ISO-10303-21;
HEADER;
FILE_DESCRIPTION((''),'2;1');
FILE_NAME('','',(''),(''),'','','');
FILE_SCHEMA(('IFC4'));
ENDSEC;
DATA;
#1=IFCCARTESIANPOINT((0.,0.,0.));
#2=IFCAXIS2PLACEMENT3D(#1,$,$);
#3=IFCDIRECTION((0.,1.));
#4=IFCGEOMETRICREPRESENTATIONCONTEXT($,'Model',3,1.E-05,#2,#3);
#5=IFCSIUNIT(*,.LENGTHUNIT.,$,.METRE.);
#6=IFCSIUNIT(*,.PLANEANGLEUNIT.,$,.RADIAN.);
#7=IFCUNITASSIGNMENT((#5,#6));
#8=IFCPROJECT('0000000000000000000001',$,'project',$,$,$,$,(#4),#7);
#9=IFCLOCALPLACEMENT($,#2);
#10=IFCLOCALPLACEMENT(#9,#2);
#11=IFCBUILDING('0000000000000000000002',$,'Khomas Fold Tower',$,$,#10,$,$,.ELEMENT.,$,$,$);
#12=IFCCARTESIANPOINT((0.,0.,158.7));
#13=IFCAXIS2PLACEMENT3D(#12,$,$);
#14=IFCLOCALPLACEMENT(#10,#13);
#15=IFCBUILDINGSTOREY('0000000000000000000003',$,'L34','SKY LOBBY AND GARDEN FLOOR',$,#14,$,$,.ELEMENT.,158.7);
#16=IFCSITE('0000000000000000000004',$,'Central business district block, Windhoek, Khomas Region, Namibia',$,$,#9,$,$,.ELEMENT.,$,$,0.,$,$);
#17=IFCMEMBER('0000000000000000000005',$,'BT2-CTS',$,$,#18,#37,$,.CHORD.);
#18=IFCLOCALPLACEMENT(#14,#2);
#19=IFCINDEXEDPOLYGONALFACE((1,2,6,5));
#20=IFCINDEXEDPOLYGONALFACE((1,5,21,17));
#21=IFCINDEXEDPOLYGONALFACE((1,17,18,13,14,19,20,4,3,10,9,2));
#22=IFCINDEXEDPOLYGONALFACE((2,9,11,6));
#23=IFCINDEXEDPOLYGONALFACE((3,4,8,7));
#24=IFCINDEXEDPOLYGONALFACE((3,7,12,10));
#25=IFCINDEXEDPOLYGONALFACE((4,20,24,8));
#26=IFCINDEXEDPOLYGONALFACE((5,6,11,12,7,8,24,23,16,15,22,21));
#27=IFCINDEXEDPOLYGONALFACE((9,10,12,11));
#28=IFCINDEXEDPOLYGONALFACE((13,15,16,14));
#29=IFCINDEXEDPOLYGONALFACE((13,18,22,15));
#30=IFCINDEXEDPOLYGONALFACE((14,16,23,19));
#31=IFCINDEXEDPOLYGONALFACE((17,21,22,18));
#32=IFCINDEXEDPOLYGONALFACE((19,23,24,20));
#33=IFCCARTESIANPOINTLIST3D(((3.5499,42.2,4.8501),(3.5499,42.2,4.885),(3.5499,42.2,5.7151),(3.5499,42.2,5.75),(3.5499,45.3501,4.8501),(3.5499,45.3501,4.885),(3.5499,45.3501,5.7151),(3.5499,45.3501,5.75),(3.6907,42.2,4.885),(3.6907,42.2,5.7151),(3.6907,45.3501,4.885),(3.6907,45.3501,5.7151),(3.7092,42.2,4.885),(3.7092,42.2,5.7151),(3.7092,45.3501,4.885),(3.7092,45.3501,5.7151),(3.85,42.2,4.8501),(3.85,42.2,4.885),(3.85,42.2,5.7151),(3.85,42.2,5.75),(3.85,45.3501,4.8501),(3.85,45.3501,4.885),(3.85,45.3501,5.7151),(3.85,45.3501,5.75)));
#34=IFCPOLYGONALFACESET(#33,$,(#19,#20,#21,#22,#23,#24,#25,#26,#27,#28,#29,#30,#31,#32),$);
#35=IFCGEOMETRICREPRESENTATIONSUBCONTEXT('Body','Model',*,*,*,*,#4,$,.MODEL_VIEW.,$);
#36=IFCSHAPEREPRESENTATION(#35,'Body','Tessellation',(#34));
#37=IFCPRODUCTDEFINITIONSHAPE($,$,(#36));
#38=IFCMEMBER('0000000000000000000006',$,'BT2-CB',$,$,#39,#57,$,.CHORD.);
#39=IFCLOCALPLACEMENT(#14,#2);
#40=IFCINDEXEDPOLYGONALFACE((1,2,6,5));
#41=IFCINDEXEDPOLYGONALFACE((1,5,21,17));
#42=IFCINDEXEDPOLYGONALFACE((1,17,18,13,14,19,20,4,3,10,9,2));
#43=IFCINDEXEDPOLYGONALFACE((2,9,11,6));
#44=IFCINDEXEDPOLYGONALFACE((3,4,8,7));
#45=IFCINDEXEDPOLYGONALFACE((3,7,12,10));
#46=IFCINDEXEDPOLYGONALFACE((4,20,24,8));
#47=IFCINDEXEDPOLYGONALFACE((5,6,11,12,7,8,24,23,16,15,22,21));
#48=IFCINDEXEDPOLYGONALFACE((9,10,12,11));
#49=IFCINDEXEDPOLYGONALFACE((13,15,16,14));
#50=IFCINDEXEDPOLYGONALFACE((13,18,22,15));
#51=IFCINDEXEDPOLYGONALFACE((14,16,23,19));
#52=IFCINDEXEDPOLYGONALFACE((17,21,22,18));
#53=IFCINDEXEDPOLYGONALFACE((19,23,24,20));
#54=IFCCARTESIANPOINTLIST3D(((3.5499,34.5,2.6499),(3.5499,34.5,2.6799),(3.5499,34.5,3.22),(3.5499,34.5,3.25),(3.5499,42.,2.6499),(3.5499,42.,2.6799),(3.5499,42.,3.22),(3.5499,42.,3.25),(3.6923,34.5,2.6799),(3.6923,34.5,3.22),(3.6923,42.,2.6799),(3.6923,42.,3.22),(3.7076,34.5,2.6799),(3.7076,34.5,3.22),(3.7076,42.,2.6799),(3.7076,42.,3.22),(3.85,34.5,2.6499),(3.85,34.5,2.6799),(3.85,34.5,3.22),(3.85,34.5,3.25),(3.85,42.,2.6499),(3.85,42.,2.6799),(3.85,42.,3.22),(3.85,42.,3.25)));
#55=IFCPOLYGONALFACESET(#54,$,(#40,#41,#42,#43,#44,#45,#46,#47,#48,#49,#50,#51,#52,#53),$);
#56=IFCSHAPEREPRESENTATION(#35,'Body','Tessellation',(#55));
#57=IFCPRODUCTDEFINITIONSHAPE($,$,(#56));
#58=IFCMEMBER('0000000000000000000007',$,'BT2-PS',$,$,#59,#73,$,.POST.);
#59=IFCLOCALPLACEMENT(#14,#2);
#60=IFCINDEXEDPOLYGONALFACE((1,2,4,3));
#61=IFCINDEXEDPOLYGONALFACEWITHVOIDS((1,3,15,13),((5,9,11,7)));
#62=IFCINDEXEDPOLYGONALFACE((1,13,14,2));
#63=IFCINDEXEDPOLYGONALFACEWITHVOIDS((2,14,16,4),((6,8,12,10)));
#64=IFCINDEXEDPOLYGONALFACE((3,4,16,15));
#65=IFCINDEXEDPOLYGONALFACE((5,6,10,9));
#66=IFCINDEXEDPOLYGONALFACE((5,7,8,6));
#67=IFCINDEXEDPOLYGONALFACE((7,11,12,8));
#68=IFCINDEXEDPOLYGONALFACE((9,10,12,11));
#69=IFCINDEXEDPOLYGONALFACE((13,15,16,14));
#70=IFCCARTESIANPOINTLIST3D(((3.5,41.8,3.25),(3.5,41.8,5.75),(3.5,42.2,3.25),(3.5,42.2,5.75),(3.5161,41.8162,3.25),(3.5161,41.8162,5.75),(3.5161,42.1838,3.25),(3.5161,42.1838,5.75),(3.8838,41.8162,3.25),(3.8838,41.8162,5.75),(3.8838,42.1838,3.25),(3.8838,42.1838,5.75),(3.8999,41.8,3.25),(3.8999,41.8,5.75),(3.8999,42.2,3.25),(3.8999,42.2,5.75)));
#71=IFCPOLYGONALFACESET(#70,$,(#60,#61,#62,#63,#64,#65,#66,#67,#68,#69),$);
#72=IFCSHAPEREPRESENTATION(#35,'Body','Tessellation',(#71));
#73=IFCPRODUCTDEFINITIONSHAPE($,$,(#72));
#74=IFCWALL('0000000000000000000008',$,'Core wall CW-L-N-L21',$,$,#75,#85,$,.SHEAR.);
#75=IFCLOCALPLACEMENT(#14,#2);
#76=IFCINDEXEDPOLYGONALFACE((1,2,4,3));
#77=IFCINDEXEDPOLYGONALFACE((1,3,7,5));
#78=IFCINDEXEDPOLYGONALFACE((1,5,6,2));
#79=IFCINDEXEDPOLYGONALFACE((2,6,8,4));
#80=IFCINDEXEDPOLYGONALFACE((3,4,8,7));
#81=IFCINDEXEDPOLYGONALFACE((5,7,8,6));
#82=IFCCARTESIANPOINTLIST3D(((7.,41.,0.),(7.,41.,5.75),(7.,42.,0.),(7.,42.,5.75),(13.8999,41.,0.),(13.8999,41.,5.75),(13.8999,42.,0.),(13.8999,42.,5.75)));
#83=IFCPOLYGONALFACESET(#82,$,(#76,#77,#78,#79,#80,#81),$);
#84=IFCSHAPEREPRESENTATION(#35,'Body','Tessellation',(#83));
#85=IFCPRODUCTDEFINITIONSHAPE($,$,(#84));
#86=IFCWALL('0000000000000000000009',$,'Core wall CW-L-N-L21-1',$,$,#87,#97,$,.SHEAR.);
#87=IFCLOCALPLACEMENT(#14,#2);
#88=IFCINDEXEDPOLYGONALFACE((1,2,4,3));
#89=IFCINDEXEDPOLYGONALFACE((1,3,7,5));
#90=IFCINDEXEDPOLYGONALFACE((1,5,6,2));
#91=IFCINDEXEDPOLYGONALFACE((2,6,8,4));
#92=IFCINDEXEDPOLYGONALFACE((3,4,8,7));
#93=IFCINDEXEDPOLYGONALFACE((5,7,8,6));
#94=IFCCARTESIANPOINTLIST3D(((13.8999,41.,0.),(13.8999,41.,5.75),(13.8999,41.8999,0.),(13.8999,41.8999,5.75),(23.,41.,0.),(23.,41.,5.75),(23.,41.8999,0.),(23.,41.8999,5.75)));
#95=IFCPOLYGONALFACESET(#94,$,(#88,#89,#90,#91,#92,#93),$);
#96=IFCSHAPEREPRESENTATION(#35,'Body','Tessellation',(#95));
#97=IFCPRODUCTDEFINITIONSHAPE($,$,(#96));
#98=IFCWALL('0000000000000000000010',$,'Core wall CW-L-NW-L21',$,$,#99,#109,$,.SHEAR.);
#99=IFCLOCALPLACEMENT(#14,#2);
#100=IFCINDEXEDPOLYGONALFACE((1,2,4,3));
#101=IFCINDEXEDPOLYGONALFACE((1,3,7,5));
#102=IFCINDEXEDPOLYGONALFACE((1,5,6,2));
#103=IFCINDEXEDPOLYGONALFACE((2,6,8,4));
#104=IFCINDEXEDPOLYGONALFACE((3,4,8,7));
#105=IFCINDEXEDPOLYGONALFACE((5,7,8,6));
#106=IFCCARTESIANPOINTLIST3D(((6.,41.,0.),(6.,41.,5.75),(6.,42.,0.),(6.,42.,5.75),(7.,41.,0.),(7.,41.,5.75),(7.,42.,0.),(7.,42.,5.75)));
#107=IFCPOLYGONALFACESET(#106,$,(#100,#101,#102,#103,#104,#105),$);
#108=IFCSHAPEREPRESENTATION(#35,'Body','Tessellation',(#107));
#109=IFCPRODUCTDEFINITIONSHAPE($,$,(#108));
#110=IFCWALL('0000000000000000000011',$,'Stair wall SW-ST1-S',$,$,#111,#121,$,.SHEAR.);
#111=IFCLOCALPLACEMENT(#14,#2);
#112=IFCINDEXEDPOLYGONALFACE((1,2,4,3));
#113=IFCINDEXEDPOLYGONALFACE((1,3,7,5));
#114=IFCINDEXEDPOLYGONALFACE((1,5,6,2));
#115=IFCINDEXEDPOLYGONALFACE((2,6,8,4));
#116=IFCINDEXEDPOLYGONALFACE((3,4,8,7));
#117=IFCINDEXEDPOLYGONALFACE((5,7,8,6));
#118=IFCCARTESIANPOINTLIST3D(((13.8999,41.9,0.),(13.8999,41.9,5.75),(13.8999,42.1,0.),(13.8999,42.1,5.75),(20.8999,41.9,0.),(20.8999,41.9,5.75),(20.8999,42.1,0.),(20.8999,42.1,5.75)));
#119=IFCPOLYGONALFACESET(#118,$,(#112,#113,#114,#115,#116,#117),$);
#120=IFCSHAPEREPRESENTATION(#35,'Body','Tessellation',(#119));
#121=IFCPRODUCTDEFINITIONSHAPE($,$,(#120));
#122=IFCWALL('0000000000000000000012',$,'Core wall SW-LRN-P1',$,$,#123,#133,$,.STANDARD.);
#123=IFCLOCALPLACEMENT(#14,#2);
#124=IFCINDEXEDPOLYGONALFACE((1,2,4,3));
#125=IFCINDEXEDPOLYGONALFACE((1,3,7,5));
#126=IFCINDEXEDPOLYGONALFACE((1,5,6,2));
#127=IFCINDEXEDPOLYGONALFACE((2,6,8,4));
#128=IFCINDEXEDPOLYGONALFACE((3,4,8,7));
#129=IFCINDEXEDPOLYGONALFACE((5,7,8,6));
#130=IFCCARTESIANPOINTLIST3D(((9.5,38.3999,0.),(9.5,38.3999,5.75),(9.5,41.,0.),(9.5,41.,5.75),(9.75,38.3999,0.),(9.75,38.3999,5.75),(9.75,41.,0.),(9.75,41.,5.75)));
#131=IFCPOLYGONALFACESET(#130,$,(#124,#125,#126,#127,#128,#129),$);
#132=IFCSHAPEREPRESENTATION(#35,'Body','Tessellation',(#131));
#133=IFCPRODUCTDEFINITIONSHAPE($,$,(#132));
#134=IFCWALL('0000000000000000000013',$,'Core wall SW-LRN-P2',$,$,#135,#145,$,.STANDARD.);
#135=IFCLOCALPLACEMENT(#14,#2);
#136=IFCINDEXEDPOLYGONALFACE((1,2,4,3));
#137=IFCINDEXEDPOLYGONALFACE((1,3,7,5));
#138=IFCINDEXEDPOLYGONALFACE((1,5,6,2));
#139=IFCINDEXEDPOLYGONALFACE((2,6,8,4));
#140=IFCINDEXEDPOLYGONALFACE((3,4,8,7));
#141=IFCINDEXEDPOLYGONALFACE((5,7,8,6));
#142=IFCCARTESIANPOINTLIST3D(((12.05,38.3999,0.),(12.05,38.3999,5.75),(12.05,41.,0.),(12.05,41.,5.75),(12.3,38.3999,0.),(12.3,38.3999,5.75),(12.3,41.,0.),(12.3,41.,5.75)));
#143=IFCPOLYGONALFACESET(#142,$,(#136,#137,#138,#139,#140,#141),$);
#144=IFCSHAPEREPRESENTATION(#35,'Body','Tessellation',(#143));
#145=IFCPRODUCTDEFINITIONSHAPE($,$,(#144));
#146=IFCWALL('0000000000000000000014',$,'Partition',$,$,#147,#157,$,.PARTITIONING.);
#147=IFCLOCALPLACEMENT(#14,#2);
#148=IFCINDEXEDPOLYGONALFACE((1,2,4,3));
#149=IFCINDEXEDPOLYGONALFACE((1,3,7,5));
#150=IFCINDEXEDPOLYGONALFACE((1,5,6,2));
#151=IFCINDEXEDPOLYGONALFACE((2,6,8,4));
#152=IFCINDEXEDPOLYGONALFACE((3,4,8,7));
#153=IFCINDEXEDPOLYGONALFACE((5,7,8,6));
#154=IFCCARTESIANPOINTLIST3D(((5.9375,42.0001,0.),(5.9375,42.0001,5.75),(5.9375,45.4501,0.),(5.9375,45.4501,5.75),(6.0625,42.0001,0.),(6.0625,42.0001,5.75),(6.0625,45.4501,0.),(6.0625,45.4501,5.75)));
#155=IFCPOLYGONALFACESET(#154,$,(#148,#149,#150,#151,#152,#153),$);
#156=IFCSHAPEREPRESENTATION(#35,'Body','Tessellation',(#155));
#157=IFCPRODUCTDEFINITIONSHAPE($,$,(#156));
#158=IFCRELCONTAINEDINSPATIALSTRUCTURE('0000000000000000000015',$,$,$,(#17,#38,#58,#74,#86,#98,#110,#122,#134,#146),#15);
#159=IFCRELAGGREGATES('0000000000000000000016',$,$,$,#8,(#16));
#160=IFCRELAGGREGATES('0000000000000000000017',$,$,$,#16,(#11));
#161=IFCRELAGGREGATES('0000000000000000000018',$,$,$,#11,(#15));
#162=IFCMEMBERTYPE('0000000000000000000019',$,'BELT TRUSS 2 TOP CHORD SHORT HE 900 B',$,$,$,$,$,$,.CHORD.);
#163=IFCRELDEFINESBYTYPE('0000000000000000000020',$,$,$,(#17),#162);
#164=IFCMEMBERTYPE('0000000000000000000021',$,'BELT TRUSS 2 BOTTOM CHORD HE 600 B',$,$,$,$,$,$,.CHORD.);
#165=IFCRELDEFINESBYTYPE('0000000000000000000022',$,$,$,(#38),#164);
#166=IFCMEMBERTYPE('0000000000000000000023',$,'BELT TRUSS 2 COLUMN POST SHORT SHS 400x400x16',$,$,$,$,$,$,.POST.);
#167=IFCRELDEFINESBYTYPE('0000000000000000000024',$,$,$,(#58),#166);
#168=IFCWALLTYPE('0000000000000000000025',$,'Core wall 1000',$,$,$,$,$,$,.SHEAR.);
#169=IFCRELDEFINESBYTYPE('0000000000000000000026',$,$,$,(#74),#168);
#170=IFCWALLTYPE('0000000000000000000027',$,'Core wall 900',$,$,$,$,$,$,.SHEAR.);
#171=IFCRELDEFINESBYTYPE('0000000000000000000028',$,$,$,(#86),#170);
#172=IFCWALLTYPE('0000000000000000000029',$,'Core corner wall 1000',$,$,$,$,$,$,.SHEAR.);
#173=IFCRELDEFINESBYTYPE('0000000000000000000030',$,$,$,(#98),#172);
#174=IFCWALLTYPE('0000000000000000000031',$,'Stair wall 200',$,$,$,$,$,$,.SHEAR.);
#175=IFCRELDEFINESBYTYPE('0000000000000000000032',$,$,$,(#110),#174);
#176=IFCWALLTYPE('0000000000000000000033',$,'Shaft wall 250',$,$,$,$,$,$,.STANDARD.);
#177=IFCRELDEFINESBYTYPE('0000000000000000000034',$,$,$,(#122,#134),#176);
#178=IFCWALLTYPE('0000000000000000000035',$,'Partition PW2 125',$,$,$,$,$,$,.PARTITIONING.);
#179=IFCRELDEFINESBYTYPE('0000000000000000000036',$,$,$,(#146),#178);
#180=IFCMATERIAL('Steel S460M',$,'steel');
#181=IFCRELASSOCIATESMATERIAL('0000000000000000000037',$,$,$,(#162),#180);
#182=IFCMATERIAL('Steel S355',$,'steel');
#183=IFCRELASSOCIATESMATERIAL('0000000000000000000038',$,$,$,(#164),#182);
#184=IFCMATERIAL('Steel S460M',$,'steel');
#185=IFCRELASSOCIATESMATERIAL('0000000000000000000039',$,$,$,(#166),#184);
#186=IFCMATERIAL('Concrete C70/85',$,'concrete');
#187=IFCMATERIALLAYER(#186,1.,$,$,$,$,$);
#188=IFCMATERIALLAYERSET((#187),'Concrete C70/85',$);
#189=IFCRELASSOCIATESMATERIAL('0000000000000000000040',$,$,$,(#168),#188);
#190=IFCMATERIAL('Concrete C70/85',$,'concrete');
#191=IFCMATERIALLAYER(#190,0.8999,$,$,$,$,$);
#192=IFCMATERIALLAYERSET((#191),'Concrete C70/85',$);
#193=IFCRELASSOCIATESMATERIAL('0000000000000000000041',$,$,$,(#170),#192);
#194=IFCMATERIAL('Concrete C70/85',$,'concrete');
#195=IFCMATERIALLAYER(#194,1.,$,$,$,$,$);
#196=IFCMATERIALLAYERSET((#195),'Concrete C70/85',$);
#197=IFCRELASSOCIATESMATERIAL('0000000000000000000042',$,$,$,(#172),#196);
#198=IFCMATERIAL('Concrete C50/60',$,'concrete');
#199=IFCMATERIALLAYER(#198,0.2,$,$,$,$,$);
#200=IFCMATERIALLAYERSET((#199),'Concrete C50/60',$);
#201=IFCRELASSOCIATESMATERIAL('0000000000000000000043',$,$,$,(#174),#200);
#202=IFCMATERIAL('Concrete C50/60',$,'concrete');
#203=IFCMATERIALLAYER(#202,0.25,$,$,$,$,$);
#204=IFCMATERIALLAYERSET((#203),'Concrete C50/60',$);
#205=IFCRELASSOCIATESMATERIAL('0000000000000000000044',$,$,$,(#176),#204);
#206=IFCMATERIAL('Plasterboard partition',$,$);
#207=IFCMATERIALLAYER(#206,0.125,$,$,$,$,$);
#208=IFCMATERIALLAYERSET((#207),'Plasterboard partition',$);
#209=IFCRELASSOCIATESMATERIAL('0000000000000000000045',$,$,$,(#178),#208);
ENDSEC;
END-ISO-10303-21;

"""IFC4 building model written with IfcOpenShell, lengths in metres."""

from ifc_helpers import new_model, si_unit, direction, frame, frame_2d, origin, origin_2d, place, context, subcontext, project, spatial, rectangle, hollow_rectangle, i_section, extrude, source, transform, mapped, material, layer, layer_set, material_profile, profile_set, type_object, element, save


model = new_model("IFC4")

# Units and contexts
model_context = context("Model", 3, precision=1e-05, world=origin(), true_north=direction((0.0, 1.0)))
body_context = subcontext(model_context, "Body", "Model", "MODEL_VIEW")
ifc_project = project(units=[si_unit("LENGTHUNIT", "METRE"), si_unit("PLANEANGLEUNIT", "RADIAN")], contexts=[model_context])

# Site, building, storey
site_placement = place(None, origin())
site = spatial("IfcSite", under=ifc_project, at=site_placement, Name="Central business district block, Windhoek, Khomas Region, Namibia", CompositionType="ELEMENT", RefElevation=0.0)
building_placement = place(site_placement, origin())
building = spatial("IfcBuilding", under=site, at=building_placement, Name="Khomas Fold Tower", CompositionType="ELEMENT")
storey_placement = place(building_placement, frame((0.0, 0.0, 158.7)))
storey = spatial("IfcBuildingStorey", under=building, at=storey_placement, Name="L34", Description="SKY LOBBY AND GARDEN FLOOR", CompositionType="ELEMENT", Elevation=158.7)

# Members
ifc_material_1 = material(Name="Steel S460M", Category="steel")
ifc_material_profile_1 = material_profile(ifc_material_1, i_section(OverallWidth=0.3, OverallDepth=0.8999, WebThickness=0.0186, FlangeThickness=0.0349, at=origin_2d()), Name="HE 900 B")
ifc_profile_set_1 = profile_set([ifc_material_profile_1], Name="Steel S460M")
member_type_1 = type_object("IfcMemberType", Name="BELT TRUSS 2 TOP CHORD SHORT HE 900 B", PredefinedType="CHORD", material=ifc_profile_set_1)
shared_shape_1 = source(origin(), body_context, "Body", "SweptSolid", [
    extrude(i_section(OverallWidth=0.3, OverallDepth=0.8999, WebThickness=0.0186, FlangeThickness=0.0349, at=origin_2d()), origin(), (0.0, 0.0, 1.0), 3.1501),
])
member_1_placement = place(storey_placement, frame((3.7, 45.3501, 5.3), z_axis=(0.0, -1.0, 0.0), x_axis=(1.0, 0.0, 0.0)))
element("IfcMember", 1, at=member_1_placement, inside=storey, type_object=member_type_1, Name="BT2-CTS", PredefinedType="CHORD", context=body_context, shape_type="MappedRepresentation", body=[
    mapped(shared_shape_1, transform((0.0, 0.0, 0.0))),
])
ifc_material_2 = material(Name="Steel S355", Category="steel")
ifc_material_profile_2 = material_profile(ifc_material_2, i_section(OverallWidth=0.3, OverallDepth=0.6001, WebThickness=0.0154, FlangeThickness=0.03, at=origin_2d()), Name="HE 600 B")
ifc_profile_set_2 = profile_set([ifc_material_profile_2], Name="Steel S355")
member_type_2 = type_object("IfcMemberType", Name="BELT TRUSS 2 BOTTOM CHORD HE 600 B", PredefinedType="CHORD", material=ifc_profile_set_2)
shared_shape_2 = source(origin(), body_context, "Body", "SweptSolid", [
    extrude(i_section(OverallWidth=0.3, OverallDepth=0.6001, WebThickness=0.0154, FlangeThickness=0.03, at=origin_2d()), origin(), (0.0, 0.0, 1.0), 7.5),
])
member_2_placement = place(storey_placement, frame((3.7, 42.0, 2.95), z_axis=(0.0, -1.0, 0.0), x_axis=(1.0, 0.0, 0.0)))
element("IfcMember", 2, at=member_2_placement, inside=storey, type_object=member_type_2, Name="BT2-CB", PredefinedType="CHORD", context=body_context, shape_type="MappedRepresentation", body=[
    mapped(shared_shape_2, transform((0.0, 0.0, 0.0))),
])
ifc_material_3 = material(Name="Steel S460M", Category="steel")
ifc_material_profile_3 = material_profile(ifc_material_3, hollow_rectangle(XDim=0.3999, YDim=0.3999, WallThickness=0.0161, at=origin_2d()), Name="SHS 400x400x16")
ifc_profile_set_3 = profile_set([ifc_material_profile_3], Name="Steel S460M")
member_type_3 = type_object("IfcMemberType", Name="BELT TRUSS 2 COLUMN POST SHORT SHS 400x400x16", PredefinedType="POST", material=ifc_profile_set_3)
shared_shape_3 = source(origin(), body_context, "Body", "SweptSolid", [
    extrude(hollow_rectangle(XDim=0.3999, YDim=0.3999, WallThickness=0.0161, at=origin_2d()), origin(), (0.0, 0.0, 1.0), 2.5),
])
member_3_placement = place(storey_placement, frame((3.7, 42.0, 3.25), z_axis=(0.0, 0.0, 1.0), x_axis=(1.0, 0.0, 0.0)))
element("IfcMember", 3, at=member_3_placement, inside=storey, type_object=member_type_3, Name="BT2-PS", PredefinedType="POST", context=body_context, shape_type="MappedRepresentation", body=[
    mapped(shared_shape_3, transform((0.0, 0.0, 0.0))),
])

# Walls
ifc_material_4 = material(Name="Concrete C70/85", Category="concrete")
ifc_layer_1 = layer(ifc_material_4, 1.0)
ifc_layer_set_1 = layer_set([ifc_layer_1], Name="Concrete C70/85")
wall_type_1 = type_object("IfcWallType", Name="Core wall 1000", PredefinedType="SHEAR", material=ifc_layer_set_1)
shared_shape_4 = source(origin(), body_context, "Body", "SweptSolid", [
    extrude(rectangle(XDim=6.8999, YDim=1.0, at=frame_2d((3.45, 0.0))), origin(), (0.0, 0.0, 1.0), 5.75),
])
wall_1_placement = place(storey_placement, frame((7.0, 41.5, 0.0), z_axis=(0.0, 0.0, 1.0), x_axis=(1.0, 0.0, 0.0)))
element("IfcWall", 4, at=wall_1_placement, inside=storey, type_object=wall_type_1, Name="Core wall CW-L-N-L21", PredefinedType="SHEAR", context=body_context, shape_type="MappedRepresentation", body=[
    mapped(shared_shape_4, transform((0.0, 0.0, 0.0))),
])
ifc_material_5 = material(Name="Concrete C70/85", Category="concrete")
ifc_layer_2 = layer(ifc_material_5, 0.8999)
ifc_layer_set_2 = layer_set([ifc_layer_2], Name="Concrete C70/85")
wall_type_2 = type_object("IfcWallType", Name="Core wall 900", PredefinedType="SHEAR", material=ifc_layer_set_2)
shared_shape_5 = source(origin(), body_context, "Body", "SweptSolid", [
    extrude(rectangle(XDim=9.1001, YDim=0.8999, at=frame_2d((4.55, 0.0))), origin(), (0.0, 0.0, 1.0), 5.75),
])
wall_2_placement = place(storey_placement, frame((13.8999, 41.45, 0.0), z_axis=(0.0, 0.0, 1.0), x_axis=(1.0, 0.0, 0.0)))
element("IfcWall", 5, at=wall_2_placement, inside=storey, type_object=wall_type_2, Name="Core wall CW-L-N-L21-1", PredefinedType="SHEAR", context=body_context, shape_type="MappedRepresentation", body=[
    mapped(shared_shape_5, transform((0.0, 0.0, 0.0))),
])
ifc_material_6 = material(Name="Concrete C70/85", Category="concrete")
ifc_layer_3 = layer(ifc_material_6, 1.0)
ifc_layer_set_3 = layer_set([ifc_layer_3], Name="Concrete C70/85")
wall_type_3 = type_object("IfcWallType", Name="Core corner wall 1000", PredefinedType="SHEAR", material=ifc_layer_set_3)
shared_shape_6 = source(origin(), body_context, "Body", "SweptSolid", [
    extrude(rectangle(XDim=1.0, YDim=1.0, at=frame_2d((0.5, 0.0))), origin(), (0.0, 0.0, 1.0), 5.75),
])
wall_3_placement = place(storey_placement, frame((6.0, 41.5, 0.0), z_axis=(0.0, 0.0, 1.0), x_axis=(1.0, 0.0, 0.0)))
element("IfcWall", 6, at=wall_3_placement, inside=storey, type_object=wall_type_3, Name="Core wall CW-L-NW-L21", PredefinedType="SHEAR", context=body_context, shape_type="MappedRepresentation", body=[
    mapped(shared_shape_6, transform((0.0, 0.0, 0.0))),
])
ifc_material_7 = material(Name="Concrete C50/60", Category="concrete")
ifc_layer_4 = layer(ifc_material_7, 0.2)
ifc_layer_set_4 = layer_set([ifc_layer_4], Name="Concrete C50/60")
wall_type_4 = type_object("IfcWallType", Name="Stair wall 200", PredefinedType="SHEAR", material=ifc_layer_set_4)
shared_shape_7 = source(origin(), body_context, "Body", "SweptSolid", [
    extrude(rectangle(XDim=7.0, YDim=0.2, at=frame_2d((3.5, 0.0))), origin(), (0.0, 0.0, 1.0), 5.75),
])
wall_4_placement = place(storey_placement, frame((13.8999, 42.0, 0.0), z_axis=(0.0, 0.0, 1.0), x_axis=(1.0, 0.0, 0.0)))
element("IfcWall", 7, at=wall_4_placement, inside=storey, type_object=wall_type_4, Name="Stair wall SW-ST1-S", PredefinedType="SHEAR", context=body_context, shape_type="MappedRepresentation", body=[
    mapped(shared_shape_7, transform((0.0, 0.0, 0.0))),
])
ifc_material_8 = material(Name="Concrete C50/60", Category="concrete")
ifc_layer_5 = layer(ifc_material_8, 0.25)
ifc_layer_set_5 = layer_set([ifc_layer_5], Name="Concrete C50/60")
wall_type_5 = type_object("IfcWallType", Name="Shaft wall 250", PredefinedType="STANDARD", material=ifc_layer_set_5)
shared_shape_8 = source(origin(), body_context, "Body", "SweptSolid", [
    extrude(rectangle(XDim=2.6001, YDim=0.25, at=frame_2d((1.3, 0.0))), origin(), (0.0, 0.0, 1.0), 5.75),
])
for number, where, z_axis, x_axis, name in (
    (8, (9.625, 38.3999, 0.0), (0.0, 0.0, 1.0), (0.0, 1.0, 0.0), "Core wall SW-LRN-P1"),
    (9, (12.175, 38.3999, 0.0), (0.0, 0.0, 1.0), (0.0, 1.0, 0.0), "Core wall SW-LRN-P2"),
):
    element("IfcWall", number, at=place(storey_placement, frame(where, z_axis=z_axis, x_axis=x_axis)), inside=storey, type_object=wall_type_5, Name=name, PredefinedType="STANDARD", context=body_context, shape_type="MappedRepresentation", body=[
        mapped(shared_shape_8, transform((0.0, 0.0, 0.0))),
    ])
ifc_material_9 = material(Name="Plasterboard partition")
ifc_layer_6 = layer(ifc_material_9, 0.125)
ifc_layer_set_6 = layer_set([ifc_layer_6], Name="Plasterboard partition")
wall_type_6 = type_object("IfcWallType", Name="Partition PW2 125", PredefinedType="PARTITIONING", material=ifc_layer_set_6)
shared_shape_9 = source(origin(), body_context, "Body", "SweptSolid", [
    extrude(rectangle(XDim=3.45, YDim=0.125, at=frame_2d((1.7251, 0.0))), origin(), (0.0, 0.0, 1.0), 5.75),
])
wall_5_placement = place(storey_placement, frame((6.0, 42.0, 0.0), z_axis=(0.0, 0.0, 1.0), x_axis=(0.0, 1.0, 0.0)))
element("IfcWall", 10, at=wall_5_placement, inside=storey, type_object=wall_type_6, Name="Partition", PredefinedType="PARTITIONING", context=body_context, shape_type="MappedRepresentation", body=[
    mapped(shared_shape_9, transform((0.0, 0.0, 0.0))),
])

save(model, "model.ifc")
